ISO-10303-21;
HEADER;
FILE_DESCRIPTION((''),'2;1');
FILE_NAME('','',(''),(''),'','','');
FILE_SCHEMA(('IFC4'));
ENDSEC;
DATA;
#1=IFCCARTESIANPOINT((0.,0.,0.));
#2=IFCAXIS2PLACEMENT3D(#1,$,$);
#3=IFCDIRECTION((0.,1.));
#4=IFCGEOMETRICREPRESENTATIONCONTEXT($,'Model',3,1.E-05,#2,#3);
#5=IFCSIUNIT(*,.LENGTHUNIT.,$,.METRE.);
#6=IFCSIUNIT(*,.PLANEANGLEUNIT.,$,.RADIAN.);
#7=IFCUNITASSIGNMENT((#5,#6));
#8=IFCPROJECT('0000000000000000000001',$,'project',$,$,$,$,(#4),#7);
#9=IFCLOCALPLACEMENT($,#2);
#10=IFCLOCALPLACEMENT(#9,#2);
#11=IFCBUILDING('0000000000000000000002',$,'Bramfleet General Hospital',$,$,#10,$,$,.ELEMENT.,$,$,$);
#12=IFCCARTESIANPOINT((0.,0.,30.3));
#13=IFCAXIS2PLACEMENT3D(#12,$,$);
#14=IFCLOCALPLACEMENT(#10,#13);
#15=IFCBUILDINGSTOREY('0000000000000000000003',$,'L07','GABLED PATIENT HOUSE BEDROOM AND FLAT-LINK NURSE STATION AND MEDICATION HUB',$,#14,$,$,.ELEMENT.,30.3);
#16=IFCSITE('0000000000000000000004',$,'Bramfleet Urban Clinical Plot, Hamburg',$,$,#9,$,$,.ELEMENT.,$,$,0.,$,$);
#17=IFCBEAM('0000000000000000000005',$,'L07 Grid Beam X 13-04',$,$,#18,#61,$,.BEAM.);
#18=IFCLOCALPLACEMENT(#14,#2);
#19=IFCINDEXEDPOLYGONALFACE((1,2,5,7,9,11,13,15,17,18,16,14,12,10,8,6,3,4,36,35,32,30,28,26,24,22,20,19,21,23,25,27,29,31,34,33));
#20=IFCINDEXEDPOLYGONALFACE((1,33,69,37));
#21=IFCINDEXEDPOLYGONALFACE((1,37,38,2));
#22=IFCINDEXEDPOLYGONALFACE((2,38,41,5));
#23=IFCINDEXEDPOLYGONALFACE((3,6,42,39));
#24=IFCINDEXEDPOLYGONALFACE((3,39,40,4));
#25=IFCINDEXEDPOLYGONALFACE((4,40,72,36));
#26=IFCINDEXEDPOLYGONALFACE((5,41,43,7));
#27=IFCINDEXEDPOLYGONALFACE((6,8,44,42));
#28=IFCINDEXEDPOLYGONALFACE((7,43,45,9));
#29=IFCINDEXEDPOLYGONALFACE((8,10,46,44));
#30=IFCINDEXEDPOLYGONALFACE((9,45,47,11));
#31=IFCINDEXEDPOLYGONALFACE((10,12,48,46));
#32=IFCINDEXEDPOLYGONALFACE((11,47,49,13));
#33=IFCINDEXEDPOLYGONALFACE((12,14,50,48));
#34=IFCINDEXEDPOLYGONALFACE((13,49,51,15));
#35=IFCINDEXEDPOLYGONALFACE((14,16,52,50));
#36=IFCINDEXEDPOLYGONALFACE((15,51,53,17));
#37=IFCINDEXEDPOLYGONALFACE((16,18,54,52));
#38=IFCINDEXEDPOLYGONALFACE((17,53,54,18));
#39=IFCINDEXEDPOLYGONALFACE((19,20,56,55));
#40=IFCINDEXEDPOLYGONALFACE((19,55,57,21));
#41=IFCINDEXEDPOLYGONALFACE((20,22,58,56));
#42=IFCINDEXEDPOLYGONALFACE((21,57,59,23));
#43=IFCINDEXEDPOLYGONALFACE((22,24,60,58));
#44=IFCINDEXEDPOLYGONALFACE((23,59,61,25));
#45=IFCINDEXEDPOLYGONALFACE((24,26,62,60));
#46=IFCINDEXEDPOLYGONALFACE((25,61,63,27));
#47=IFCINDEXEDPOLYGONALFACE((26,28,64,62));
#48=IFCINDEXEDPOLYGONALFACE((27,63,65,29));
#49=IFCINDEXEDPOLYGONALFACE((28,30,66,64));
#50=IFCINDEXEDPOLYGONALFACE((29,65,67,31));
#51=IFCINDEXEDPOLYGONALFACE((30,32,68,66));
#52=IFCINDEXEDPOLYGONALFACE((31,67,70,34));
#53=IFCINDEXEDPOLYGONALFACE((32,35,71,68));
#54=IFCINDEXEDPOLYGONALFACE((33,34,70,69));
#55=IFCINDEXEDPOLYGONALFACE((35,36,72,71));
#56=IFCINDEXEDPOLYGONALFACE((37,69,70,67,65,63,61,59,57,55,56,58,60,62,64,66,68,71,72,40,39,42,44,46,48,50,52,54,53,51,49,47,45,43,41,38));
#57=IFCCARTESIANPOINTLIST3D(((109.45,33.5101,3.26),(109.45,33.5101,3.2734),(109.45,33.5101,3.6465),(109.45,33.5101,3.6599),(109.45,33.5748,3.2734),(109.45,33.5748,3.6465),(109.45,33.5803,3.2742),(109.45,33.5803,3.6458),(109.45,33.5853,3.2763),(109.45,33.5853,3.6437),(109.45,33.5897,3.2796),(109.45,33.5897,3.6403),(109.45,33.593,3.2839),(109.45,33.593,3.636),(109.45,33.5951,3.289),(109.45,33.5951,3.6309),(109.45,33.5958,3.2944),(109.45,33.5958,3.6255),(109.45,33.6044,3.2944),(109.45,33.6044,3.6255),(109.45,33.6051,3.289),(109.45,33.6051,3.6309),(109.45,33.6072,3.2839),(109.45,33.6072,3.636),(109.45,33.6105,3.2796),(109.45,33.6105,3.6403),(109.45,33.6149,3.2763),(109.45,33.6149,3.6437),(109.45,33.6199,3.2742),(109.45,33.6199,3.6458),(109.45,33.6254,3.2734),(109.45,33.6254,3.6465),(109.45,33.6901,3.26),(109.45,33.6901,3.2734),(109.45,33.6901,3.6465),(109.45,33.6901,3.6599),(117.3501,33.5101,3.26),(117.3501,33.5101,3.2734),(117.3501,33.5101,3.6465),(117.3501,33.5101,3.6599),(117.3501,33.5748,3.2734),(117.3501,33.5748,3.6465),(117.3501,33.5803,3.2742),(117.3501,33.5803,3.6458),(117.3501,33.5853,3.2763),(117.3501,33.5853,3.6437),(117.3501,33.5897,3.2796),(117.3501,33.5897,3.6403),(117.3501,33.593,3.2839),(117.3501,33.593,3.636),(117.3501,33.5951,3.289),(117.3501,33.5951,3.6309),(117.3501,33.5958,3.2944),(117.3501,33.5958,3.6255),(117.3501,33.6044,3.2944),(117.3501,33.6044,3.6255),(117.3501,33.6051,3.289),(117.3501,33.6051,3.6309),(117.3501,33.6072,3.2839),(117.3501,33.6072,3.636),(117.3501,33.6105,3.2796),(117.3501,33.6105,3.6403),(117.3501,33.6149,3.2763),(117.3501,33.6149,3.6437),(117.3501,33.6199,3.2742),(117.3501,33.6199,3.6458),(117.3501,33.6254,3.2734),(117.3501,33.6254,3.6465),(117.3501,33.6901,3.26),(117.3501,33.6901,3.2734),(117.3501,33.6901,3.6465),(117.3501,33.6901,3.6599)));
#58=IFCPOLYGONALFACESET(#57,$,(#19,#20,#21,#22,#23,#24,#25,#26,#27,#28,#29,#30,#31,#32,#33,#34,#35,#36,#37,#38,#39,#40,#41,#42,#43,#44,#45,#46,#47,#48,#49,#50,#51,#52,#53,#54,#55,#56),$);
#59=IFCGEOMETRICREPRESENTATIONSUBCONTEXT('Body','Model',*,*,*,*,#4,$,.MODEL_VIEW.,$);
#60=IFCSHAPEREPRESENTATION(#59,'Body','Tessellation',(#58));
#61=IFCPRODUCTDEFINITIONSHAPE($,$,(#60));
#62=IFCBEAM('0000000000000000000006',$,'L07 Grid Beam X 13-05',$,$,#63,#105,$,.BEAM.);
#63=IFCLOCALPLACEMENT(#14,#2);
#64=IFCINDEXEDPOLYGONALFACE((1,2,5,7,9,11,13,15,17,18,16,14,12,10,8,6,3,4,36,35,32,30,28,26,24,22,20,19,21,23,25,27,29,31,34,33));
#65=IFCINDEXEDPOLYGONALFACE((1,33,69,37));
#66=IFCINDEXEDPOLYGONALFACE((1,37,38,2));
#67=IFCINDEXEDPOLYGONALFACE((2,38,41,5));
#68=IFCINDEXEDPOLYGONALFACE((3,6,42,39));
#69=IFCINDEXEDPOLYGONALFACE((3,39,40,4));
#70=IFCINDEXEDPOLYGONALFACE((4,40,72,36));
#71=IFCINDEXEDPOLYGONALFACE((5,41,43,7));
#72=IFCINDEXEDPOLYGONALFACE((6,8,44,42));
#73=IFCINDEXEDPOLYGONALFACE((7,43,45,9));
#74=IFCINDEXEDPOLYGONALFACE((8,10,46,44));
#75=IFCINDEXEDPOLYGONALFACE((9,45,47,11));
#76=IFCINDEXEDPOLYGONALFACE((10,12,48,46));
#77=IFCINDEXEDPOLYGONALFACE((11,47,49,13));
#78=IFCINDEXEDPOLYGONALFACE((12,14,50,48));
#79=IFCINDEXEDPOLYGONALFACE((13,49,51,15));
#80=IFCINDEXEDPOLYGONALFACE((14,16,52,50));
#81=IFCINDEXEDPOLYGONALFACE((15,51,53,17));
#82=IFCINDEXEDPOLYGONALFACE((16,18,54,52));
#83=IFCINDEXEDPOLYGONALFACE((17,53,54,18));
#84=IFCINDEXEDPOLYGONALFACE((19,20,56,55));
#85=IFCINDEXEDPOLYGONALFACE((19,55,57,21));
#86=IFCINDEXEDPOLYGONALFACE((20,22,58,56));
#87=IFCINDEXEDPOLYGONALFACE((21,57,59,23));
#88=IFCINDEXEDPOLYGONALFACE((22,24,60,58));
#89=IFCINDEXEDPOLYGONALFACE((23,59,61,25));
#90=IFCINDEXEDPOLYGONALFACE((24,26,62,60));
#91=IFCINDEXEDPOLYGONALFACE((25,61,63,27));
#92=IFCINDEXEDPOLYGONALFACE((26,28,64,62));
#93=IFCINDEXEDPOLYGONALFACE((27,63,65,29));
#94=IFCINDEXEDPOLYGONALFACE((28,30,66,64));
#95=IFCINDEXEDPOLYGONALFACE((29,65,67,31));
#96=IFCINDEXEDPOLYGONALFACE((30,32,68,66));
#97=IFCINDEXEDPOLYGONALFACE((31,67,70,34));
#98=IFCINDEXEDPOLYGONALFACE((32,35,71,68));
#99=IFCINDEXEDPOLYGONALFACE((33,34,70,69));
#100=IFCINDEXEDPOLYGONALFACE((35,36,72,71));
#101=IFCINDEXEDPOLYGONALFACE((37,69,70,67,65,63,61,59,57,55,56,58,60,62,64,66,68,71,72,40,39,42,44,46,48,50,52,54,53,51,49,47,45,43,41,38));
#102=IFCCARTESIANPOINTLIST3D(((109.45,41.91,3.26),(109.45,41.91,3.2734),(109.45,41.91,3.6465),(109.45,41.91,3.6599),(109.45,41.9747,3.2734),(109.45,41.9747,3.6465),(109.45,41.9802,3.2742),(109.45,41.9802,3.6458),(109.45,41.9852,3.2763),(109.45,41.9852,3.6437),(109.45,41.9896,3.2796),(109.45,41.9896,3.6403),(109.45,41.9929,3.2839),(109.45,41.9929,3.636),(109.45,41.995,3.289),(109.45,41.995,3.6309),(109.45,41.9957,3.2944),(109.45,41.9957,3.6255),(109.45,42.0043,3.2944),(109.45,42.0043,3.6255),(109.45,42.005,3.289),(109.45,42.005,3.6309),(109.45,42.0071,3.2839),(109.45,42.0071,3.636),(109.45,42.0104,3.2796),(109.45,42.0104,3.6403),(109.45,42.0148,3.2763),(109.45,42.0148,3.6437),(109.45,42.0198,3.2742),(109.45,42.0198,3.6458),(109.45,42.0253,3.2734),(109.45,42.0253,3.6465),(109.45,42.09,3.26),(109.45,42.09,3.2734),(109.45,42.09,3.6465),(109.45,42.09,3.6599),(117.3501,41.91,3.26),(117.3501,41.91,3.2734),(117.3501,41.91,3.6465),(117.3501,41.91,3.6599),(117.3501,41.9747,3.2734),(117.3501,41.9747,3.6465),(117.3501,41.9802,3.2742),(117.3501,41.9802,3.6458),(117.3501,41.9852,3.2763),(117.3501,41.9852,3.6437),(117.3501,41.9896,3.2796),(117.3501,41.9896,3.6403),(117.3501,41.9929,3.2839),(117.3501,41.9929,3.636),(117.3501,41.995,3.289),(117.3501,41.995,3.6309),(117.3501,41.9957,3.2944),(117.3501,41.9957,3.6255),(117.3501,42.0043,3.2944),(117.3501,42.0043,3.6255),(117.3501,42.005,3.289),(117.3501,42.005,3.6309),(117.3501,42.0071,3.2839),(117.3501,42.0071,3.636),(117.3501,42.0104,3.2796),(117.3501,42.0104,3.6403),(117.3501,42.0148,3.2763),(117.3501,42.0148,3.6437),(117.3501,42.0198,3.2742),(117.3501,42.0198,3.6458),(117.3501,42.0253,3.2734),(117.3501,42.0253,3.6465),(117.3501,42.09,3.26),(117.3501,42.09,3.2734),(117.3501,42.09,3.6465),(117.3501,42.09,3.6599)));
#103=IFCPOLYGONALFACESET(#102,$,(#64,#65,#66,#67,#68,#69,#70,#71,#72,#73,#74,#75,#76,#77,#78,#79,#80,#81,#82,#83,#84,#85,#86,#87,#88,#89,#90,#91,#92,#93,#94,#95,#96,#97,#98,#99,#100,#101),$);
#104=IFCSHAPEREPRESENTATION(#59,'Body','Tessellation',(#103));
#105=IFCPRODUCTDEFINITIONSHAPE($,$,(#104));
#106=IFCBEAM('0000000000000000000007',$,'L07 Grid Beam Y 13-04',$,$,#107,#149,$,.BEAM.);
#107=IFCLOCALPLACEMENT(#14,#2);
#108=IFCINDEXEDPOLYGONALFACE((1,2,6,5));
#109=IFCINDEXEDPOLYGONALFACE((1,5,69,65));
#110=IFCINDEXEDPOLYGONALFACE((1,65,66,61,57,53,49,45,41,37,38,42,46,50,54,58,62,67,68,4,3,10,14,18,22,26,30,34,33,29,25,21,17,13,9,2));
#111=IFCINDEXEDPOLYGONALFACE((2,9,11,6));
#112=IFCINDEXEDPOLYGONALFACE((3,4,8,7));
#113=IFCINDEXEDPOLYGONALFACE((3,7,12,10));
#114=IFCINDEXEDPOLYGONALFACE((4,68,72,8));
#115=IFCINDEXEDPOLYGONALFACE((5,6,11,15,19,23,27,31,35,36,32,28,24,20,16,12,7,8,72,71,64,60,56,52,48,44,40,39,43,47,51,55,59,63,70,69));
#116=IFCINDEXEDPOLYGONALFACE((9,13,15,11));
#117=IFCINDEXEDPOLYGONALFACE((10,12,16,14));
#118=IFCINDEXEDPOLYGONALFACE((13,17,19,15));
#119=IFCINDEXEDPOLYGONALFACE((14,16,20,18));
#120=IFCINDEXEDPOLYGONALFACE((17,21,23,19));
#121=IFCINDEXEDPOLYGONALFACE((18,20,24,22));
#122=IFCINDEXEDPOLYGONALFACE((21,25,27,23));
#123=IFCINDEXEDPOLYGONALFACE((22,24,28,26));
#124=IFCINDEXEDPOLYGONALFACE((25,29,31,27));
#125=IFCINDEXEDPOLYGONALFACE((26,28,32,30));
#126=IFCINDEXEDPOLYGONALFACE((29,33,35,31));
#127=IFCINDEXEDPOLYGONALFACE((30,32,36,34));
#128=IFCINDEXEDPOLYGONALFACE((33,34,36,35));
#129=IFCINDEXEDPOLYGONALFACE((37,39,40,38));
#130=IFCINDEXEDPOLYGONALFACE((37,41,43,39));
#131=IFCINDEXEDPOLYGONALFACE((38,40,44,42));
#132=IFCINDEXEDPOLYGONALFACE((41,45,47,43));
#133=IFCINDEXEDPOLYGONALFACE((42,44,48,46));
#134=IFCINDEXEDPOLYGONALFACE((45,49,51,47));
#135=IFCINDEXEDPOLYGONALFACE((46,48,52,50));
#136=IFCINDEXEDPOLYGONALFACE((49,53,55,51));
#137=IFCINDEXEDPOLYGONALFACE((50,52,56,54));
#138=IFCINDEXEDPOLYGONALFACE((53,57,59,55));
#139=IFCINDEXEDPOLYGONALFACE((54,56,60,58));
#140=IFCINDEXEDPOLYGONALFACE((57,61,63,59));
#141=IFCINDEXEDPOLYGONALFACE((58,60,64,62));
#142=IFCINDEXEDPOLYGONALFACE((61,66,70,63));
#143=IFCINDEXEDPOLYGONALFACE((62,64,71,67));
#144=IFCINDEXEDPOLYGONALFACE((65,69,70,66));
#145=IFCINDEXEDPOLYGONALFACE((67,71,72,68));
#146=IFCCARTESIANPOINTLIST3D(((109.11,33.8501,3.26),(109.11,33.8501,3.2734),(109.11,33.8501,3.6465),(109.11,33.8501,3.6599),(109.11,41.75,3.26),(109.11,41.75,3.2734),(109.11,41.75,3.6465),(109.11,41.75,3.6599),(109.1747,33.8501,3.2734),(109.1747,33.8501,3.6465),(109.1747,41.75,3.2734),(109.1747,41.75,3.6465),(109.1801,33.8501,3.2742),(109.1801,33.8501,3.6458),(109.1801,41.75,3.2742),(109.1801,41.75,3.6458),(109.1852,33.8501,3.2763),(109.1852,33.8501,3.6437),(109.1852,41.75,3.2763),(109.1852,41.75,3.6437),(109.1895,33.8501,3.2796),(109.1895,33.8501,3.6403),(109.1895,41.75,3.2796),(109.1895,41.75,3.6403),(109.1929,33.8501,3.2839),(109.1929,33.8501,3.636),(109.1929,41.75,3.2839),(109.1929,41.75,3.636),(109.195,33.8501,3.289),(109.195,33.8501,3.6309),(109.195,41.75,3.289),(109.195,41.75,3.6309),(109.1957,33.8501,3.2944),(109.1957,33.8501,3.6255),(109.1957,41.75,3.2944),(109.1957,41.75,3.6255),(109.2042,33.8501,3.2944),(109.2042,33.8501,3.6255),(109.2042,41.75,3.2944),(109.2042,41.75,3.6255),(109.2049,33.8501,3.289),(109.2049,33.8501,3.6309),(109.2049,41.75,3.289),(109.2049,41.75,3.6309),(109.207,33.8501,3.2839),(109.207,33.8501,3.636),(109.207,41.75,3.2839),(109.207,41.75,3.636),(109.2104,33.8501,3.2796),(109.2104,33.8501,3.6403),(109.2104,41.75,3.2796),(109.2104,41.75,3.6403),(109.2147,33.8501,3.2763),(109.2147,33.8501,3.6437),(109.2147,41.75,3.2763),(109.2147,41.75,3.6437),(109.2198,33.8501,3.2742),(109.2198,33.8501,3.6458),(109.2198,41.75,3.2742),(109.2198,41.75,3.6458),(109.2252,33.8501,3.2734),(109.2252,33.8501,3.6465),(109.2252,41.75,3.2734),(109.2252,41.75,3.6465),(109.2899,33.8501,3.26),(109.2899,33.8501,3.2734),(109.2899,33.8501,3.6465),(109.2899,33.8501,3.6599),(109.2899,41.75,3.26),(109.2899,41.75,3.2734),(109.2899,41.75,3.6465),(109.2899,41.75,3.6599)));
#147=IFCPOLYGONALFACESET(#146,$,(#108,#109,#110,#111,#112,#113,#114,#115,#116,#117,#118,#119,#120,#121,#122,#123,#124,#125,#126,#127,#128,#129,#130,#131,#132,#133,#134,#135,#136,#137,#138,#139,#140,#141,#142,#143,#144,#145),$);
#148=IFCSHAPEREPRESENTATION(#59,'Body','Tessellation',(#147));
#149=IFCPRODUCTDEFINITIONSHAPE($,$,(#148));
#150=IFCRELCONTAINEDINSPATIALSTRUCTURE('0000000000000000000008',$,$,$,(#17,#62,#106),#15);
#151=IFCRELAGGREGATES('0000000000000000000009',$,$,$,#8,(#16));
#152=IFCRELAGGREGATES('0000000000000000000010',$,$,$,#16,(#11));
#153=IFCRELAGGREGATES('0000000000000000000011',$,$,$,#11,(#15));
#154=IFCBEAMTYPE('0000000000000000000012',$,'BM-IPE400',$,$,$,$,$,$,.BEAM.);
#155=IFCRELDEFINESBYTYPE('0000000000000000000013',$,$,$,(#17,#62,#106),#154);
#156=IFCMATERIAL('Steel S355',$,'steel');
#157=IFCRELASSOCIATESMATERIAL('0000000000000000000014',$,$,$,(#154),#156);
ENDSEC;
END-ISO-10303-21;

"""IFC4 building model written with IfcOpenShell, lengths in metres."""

from ifc_helpers import new_model, si_unit, direction, frame, origin, origin_2d, place, context, subcontext, project, spatial, i_section, extrude, material, material_profile, profile_set, type_object, element, save


model = new_model("IFC4")

# Units and contexts
model_context = context("Model", 3, precision=1e-05, world=origin(), true_north=direction((0.0, 1.0)))
body_context = subcontext(model_context, "Body", "Model", "MODEL_VIEW")
ifc_project = project(units=[si_unit("LENGTHUNIT", "METRE"), si_unit("PLANEANGLEUNIT", "RADIAN")], contexts=[model_context])

# Site, building, storey
site_placement = place(None, origin())
site = spatial("IfcSite", under=ifc_project, at=site_placement, Name="Bramfleet Urban Clinical Plot, Hamburg", CompositionType="ELEMENT", RefElevation=0.0)
building_placement = place(site_placement, origin())
building = spatial("IfcBuilding", under=site, at=building_placement, Name="Bramfleet General Hospital", CompositionType="ELEMENT")
storey_placement = place(building_placement, frame((0.0, 0.0, 30.3)))
storey = spatial("IfcBuildingStorey", under=building, at=storey_placement, Name="L07", Description="GABLED PATIENT HOUSE BEDROOM AND FLAT-LINK NURSE STATION AND MEDICATION HUB", CompositionType="ELEMENT", Elevation=30.3)

# Beams
ifc_material_1 = material(Name="Steel S355", Category="steel")
ifc_material_profile_1 = material_profile(ifc_material_1, i_section(OverallWidth=0.1799, OverallDepth=0.3999, WebThickness=0.0085, FlangeThickness=0.0134, FilletRadius=0.021, at=origin_2d()), Name="IPE 400")
ifc_profile_set_1 = profile_set([ifc_material_profile_1], Name="Steel S355")
beam_type_1 = type_object("IfcBeamType", Name="BM-IPE400", PredefinedType="BEAM", material=ifc_profile_set_1)
for number, where, z_axis, x_axis, name in (
    (1, (109.45, 33.6001, 3.46), (1.0, 0.0, 0.0), (0.0, 1.0, 0.0), "L07 Grid Beam X 13-04"),
    (2, (109.45, 42.0, 3.46), (1.0, 0.0, 0.0), (0.0, 1.0, 0.0), "L07 Grid Beam X 13-05"),
):
    element("IfcBeam", number, at=place(storey_placement, frame(where, z_axis=z_axis, x_axis=x_axis)), inside=storey, type_object=beam_type_1, Name=name, PredefinedType="BEAM", context=body_context, shape_type="SweptSolid", body=[
        extrude(i_section(OverallWidth=0.1799, OverallDepth=0.3999, WebThickness=0.0085, FlangeThickness=0.0134, FilletRadius=0.021, at=origin_2d()), origin(), (0.0, 0.0, 1.0), 7.9001),
    ])
beam_1_placement = place(storey_placement, frame((109.2, 33.8501, 3.46), z_axis=(0.0, 1.0, 0.0), x_axis=(-1.0, 0.0, 0.0)))
element("IfcBeam", 3, at=beam_1_placement, inside=storey, type_object=beam_type_1, Name="L07 Grid Beam Y 13-04", PredefinedType="BEAM", context=body_context, shape_type="SweptSolid", body=[
    extrude(i_section(OverallWidth=0.1799, OverallDepth=0.3999, WebThickness=0.0085, FlangeThickness=0.0134, FilletRadius=0.021, at=origin_2d()), origin(), (0.0, 0.0, 1.0), 7.8999),
])

save(model, "model.ifc")
